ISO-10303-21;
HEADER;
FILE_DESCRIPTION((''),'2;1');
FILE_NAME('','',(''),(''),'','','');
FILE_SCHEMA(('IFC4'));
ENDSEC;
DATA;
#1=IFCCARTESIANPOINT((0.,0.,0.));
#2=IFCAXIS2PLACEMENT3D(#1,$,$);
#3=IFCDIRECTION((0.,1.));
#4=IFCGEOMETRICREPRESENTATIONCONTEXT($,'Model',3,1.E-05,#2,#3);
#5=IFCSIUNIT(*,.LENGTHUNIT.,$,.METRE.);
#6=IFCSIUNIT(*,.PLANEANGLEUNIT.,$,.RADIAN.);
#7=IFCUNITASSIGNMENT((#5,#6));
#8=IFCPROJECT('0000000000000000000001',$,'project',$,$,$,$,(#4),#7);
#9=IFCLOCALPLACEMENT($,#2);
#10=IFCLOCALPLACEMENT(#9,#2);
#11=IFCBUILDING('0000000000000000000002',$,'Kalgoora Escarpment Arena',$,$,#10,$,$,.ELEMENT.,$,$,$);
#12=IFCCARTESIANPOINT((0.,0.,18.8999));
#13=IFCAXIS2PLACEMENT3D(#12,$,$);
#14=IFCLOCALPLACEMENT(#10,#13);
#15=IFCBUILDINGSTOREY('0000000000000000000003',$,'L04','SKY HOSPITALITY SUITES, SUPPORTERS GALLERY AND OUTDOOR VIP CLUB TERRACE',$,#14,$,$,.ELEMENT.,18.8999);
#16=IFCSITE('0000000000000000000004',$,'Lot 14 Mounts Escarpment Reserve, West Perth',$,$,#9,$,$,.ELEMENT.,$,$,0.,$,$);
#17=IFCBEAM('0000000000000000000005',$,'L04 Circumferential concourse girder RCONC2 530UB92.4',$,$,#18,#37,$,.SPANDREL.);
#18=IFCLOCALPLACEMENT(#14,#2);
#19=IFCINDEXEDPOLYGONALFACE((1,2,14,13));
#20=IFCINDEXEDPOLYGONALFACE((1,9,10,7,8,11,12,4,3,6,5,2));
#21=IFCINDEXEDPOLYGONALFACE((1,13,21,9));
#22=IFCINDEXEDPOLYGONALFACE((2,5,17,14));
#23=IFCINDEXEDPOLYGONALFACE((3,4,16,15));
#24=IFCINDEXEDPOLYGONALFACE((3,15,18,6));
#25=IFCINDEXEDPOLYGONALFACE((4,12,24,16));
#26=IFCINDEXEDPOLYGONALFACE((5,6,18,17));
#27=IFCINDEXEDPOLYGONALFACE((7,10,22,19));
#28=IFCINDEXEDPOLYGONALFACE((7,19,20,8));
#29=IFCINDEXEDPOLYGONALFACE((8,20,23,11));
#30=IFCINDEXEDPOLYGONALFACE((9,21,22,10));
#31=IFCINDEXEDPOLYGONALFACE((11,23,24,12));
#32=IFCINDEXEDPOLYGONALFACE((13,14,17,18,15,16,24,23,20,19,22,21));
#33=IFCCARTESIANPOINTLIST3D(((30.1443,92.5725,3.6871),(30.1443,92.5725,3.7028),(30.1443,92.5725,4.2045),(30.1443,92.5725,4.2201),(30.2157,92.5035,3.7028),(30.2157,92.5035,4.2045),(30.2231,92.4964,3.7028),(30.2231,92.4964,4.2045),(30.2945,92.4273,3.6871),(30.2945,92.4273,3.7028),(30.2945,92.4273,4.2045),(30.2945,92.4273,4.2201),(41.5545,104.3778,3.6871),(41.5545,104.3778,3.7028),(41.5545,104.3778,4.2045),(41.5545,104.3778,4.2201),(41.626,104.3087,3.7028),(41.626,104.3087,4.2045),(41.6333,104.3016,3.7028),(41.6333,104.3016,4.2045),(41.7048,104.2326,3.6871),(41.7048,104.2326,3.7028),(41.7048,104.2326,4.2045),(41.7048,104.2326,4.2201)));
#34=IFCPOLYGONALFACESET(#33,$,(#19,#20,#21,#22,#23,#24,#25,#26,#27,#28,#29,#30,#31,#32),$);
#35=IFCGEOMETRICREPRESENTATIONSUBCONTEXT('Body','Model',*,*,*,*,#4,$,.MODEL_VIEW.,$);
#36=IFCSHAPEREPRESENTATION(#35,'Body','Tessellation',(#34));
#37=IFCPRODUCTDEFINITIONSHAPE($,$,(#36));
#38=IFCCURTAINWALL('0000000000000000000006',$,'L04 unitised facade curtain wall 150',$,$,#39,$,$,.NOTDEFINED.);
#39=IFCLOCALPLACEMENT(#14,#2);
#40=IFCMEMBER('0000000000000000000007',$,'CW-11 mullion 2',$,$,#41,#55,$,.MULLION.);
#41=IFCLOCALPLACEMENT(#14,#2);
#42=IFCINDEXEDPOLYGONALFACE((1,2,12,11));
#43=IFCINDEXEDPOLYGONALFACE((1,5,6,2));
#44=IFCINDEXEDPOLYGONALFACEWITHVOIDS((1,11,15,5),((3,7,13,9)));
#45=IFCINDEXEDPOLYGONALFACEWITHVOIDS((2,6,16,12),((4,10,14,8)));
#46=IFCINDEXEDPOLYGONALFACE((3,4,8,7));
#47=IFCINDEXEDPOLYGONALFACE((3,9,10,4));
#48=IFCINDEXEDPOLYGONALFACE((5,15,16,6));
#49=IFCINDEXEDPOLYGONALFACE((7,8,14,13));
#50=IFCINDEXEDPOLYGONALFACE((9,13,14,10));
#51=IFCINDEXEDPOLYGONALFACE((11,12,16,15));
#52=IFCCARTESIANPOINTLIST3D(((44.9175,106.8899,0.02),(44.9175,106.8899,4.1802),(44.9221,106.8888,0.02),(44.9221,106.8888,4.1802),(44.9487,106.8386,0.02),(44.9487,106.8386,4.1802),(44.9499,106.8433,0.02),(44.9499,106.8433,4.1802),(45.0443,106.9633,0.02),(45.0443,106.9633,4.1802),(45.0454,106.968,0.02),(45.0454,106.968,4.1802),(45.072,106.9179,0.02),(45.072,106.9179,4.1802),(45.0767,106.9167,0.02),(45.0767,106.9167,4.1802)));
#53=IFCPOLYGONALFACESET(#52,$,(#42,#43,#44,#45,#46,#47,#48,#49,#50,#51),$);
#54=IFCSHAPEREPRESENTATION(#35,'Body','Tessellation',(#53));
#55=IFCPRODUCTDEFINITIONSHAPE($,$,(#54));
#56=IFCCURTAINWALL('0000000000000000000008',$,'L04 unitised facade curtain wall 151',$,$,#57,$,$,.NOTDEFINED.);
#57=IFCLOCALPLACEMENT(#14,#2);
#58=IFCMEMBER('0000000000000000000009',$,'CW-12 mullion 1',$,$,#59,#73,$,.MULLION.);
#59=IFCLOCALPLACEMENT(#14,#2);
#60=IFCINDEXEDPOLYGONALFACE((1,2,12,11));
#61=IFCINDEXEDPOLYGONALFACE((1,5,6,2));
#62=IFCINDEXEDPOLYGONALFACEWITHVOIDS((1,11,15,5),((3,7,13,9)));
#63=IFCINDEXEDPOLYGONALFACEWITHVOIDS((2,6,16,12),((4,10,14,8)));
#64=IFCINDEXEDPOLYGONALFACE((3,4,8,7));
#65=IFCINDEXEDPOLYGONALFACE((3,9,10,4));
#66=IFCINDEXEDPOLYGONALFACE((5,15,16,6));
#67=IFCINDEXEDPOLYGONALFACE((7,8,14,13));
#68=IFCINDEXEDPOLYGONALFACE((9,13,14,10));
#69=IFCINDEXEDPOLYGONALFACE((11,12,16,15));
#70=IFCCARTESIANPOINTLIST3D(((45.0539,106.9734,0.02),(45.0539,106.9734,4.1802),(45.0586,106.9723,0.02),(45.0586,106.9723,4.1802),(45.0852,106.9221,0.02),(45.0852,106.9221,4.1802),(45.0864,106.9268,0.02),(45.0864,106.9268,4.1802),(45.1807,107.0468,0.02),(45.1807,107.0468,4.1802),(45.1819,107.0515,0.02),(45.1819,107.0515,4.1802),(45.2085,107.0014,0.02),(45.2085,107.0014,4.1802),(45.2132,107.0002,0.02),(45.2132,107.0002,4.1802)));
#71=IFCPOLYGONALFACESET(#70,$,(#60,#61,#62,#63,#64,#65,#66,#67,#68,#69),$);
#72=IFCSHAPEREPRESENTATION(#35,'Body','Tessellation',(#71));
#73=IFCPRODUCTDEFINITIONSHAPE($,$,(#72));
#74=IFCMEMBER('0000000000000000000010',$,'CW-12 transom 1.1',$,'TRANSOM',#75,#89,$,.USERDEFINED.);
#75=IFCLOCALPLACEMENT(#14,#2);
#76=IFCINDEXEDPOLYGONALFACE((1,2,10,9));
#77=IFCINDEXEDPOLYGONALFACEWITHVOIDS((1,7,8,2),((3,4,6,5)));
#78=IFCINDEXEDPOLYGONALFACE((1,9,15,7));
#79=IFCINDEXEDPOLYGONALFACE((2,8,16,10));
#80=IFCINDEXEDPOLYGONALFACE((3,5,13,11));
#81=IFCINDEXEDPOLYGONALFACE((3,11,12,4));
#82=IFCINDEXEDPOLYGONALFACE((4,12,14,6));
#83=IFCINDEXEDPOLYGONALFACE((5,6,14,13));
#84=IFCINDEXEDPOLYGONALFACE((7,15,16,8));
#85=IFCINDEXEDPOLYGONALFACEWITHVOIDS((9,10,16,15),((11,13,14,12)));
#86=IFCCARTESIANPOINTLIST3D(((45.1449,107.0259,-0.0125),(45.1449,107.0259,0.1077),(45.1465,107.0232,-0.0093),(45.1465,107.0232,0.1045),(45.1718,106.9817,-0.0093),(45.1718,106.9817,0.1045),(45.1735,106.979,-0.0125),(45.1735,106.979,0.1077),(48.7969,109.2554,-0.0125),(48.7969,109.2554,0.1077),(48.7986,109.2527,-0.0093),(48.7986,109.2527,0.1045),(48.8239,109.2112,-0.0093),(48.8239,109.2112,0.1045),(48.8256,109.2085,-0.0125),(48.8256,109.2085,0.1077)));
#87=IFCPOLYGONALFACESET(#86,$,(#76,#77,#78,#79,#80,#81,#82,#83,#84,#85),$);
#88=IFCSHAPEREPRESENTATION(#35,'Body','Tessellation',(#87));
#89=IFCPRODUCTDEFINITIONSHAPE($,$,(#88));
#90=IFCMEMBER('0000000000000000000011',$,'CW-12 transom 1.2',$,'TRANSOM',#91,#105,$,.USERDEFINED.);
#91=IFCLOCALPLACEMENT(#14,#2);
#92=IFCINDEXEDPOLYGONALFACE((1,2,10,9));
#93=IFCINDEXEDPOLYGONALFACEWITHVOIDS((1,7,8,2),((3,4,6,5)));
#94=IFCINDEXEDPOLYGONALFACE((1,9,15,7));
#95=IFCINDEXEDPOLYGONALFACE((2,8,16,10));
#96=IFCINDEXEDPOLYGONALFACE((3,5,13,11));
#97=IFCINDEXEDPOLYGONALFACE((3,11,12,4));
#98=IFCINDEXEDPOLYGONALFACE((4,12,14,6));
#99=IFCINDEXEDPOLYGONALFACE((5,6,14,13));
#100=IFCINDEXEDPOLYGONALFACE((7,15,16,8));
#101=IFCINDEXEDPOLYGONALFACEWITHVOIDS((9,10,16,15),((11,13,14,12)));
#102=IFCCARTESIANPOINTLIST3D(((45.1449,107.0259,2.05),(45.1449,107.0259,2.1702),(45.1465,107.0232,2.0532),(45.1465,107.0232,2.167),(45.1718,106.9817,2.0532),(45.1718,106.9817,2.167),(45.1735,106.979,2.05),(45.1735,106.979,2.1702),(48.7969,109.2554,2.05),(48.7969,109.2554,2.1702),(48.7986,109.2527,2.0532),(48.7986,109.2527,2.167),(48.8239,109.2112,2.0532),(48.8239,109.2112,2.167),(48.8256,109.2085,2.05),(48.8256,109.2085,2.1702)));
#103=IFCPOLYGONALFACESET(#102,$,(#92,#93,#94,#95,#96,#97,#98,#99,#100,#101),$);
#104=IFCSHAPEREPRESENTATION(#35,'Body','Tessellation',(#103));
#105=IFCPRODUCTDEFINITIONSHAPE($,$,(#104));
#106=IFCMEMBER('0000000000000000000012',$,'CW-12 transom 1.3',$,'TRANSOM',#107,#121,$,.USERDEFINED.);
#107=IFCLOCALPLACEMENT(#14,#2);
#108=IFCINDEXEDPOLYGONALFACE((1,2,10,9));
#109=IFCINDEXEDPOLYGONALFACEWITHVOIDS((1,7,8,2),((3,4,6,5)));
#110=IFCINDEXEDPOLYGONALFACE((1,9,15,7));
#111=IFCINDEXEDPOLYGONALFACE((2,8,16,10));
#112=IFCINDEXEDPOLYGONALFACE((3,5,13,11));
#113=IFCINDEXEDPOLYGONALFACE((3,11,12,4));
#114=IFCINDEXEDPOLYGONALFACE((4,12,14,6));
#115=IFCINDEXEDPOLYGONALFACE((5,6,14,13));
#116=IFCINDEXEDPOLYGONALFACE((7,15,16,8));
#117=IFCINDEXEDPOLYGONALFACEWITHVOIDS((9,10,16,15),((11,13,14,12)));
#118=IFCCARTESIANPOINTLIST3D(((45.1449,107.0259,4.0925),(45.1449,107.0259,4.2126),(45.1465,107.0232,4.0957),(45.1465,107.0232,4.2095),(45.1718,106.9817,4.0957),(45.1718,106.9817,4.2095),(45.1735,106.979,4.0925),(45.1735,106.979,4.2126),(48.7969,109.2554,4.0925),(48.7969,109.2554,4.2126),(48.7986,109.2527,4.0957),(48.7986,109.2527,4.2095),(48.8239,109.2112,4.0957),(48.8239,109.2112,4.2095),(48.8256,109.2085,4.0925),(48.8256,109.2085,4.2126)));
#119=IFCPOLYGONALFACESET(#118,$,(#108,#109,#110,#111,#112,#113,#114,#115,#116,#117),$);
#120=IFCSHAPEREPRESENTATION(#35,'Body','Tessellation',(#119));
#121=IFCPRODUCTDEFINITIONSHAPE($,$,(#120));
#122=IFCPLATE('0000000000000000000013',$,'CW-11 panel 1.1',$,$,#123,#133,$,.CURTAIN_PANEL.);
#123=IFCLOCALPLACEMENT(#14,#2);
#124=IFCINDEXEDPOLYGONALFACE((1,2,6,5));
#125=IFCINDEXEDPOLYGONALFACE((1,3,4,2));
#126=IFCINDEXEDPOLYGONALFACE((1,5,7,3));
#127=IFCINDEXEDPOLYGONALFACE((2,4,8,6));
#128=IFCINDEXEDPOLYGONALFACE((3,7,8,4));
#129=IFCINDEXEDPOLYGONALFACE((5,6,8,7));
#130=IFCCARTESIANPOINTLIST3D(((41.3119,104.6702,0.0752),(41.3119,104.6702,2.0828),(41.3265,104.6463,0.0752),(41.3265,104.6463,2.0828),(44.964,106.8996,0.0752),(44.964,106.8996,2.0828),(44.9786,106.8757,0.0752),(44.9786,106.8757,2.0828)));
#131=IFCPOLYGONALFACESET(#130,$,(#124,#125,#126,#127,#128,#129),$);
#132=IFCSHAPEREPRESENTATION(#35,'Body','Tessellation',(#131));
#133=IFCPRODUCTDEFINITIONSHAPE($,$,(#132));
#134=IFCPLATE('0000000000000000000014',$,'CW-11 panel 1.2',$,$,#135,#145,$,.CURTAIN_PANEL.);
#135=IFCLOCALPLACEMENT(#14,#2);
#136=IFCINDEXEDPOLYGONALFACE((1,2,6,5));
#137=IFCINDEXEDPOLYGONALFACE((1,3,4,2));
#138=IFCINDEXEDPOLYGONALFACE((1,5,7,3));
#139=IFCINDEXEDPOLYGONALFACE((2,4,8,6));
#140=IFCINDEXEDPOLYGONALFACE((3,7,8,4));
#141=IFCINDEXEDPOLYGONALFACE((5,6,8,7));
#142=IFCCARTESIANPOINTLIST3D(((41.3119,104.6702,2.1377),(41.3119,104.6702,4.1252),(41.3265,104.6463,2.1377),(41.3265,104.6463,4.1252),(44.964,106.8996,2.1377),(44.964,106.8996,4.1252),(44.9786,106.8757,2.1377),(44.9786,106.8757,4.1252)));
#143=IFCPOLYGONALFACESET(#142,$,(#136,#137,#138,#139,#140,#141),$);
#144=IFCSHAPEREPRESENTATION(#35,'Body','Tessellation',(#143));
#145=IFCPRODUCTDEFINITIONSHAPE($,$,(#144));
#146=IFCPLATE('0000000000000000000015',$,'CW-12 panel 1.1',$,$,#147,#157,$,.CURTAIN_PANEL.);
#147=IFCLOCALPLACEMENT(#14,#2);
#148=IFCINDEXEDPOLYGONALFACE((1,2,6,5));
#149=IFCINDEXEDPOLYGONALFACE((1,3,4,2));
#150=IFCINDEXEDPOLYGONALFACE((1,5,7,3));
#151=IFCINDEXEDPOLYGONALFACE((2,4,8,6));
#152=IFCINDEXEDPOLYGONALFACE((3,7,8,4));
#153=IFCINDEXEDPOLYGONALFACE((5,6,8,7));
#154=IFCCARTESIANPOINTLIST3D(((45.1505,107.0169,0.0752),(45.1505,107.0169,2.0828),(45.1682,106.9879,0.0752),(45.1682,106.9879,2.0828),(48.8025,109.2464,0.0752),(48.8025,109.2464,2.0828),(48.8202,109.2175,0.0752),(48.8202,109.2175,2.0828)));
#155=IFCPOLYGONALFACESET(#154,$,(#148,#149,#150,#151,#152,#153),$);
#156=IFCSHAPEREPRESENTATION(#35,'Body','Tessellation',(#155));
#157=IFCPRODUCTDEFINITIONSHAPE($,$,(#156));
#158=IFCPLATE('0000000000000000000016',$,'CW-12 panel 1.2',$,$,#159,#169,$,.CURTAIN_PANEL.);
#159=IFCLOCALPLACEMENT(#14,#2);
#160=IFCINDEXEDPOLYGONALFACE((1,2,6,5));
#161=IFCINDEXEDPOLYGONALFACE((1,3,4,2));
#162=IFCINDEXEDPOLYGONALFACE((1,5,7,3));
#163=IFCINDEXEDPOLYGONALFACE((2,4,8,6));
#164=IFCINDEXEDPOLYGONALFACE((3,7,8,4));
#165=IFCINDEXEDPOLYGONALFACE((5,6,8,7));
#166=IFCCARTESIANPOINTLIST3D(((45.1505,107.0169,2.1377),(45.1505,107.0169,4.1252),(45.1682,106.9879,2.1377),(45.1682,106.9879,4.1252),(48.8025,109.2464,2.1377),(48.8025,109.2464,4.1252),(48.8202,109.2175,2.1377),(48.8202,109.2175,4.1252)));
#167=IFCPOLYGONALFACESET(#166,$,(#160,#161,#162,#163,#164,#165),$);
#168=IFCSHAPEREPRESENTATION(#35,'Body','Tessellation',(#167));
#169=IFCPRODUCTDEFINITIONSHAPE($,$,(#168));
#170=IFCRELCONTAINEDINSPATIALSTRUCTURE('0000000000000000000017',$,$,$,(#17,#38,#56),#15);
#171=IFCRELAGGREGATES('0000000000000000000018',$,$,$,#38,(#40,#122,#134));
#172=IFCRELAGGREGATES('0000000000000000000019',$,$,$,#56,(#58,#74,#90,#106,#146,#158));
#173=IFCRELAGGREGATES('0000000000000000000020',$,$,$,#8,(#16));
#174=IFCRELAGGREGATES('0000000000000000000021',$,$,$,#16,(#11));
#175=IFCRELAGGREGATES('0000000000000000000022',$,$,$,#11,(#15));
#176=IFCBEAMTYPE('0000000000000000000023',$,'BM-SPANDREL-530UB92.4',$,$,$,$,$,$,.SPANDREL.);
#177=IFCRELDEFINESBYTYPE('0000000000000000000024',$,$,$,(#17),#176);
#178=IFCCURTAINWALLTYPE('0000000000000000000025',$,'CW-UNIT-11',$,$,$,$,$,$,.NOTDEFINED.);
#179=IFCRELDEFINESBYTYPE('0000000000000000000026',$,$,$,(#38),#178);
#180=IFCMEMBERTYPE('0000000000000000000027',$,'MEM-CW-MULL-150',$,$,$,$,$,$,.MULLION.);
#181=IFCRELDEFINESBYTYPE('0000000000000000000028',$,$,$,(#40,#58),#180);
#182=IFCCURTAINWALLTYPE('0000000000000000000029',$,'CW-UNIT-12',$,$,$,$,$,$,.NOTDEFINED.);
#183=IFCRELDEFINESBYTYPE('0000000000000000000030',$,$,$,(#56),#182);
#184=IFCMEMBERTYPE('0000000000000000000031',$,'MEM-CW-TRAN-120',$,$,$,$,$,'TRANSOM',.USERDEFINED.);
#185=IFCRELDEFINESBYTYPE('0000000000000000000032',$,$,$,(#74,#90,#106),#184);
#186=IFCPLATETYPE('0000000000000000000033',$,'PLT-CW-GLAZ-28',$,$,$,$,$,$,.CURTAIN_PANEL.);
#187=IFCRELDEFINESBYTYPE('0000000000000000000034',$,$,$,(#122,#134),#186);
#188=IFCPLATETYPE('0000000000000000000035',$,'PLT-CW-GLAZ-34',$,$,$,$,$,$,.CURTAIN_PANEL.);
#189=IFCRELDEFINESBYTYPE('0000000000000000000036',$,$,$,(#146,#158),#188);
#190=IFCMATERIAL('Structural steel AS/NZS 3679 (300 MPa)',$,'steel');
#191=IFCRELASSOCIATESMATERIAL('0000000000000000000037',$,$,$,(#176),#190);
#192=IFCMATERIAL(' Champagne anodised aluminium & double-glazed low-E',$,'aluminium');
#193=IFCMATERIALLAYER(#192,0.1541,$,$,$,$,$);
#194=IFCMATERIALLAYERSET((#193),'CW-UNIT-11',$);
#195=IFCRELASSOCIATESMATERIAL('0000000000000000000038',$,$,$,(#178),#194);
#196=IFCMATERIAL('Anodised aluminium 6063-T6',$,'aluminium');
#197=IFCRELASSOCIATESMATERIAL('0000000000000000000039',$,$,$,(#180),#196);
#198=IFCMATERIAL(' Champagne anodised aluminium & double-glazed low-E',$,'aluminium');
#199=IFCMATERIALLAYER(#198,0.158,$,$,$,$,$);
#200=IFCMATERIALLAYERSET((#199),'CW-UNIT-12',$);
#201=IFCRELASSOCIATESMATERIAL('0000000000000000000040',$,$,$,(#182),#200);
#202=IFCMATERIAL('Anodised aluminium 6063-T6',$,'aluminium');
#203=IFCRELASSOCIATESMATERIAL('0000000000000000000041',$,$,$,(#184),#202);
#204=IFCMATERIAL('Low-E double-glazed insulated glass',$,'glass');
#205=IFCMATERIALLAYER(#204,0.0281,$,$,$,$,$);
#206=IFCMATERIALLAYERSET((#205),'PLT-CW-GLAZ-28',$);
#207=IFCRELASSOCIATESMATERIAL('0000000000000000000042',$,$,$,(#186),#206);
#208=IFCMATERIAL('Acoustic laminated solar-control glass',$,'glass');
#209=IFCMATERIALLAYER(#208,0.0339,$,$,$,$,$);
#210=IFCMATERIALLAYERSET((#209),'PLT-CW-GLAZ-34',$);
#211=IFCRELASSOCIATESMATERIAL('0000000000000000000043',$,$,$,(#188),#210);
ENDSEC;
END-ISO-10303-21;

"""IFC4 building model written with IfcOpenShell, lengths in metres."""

from ifc_helpers import new_model, si_unit, direction, frame, origin, origin_2d, place, context, subcontext, project, spatial, rectangle, hollow_rectangle, i_section, extrude, material, layer, layer_set, material_profile, profile_set, type_object, element, aggregate, save


model = new_model("IFC4")

# Units and contexts
model_context = context("Model", 3, precision=1e-05, world=origin(), true_north=direction((0.0, 1.0)))
body_context = subcontext(model_context, "Body", "Model", "MODEL_VIEW")
ifc_project = project(units=[si_unit("LENGTHUNIT", "METRE"), si_unit("PLANEANGLEUNIT", "RADIAN")], contexts=[model_context])

# Site, building, storey
site_placement = place(None, origin())
site = spatial("IfcSite", under=ifc_project, at=site_placement, Name="Lot 14 Mounts Escarpment Reserve, West Perth", CompositionType="ELEMENT", RefElevation=0.0)
building_placement = place(site_placement, origin())
building = spatial("IfcBuilding", under=site, at=building_placement, Name="Kalgoora Escarpment Arena", CompositionType="ELEMENT")
storey_placement = place(building_placement, frame((0.0, 0.0, 18.8999)))
storey = spatial("IfcBuildingStorey", under=building, at=storey_placement, Name="L04", Description="SKY HOSPITALITY SUITES, SUPPORTERS GALLERY AND OUTDOOR VIP CLUB TERRACE", CompositionType="ELEMENT", Elevation=18.8999)

# Beam
ifc_material_1 = material(Name="Structural steel AS/NZS 3679 (300 MPa)", Category="steel")
ifc_material_profile_1 = material_profile(ifc_material_1, i_section(OverallWidth=0.209, OverallDepth=0.533, WebThickness=0.0103, FlangeThickness=0.0156, at=origin_2d()))
ifc_profile_set_1 = profile_set([ifc_material_profile_1], Name="Structural steel AS/NZS 3679 (300 MPa)")
beam_type = type_object("IfcBeamType", Name="BM-SPANDREL-530UB92.4", PredefinedType="SPANDREL", material=ifc_profile_set_1)
beam_placement = place(storey_placement, frame((41.6296, 104.3052, 3.9536), z_axis=(-0.694974, -0.719034, 0.0), x_axis=(0.719034, -0.694974, 0.0)))
element("IfcBeam", 1, at=beam_placement, inside=storey, type_object=beam_type, Name="L04 Circumferential concourse girder RCONC2 530UB92.4", PredefinedType="SPANDREL", context=body_context, shape_type="SweptSolid", body=[
    extrude(i_section(OverallWidth=0.209, OverallDepth=0.533, WebThickness=0.0103, FlangeThickness=0.0156, at=origin_2d()), origin(), (0.0, 0.0, 1.0), 16.4182),
])

# Curtain wall, member
ifc_material_2 = material(Name=" Champagne anodised aluminium & double-glazed low-E", Category="aluminium")
ifc_layer_1 = layer(ifc_material_2, 0.1541)
ifc_layer_set_1 = layer_set([ifc_layer_1], Name="CW-UNIT-11")
curtain_wall_type_1 = type_object("IfcCurtainWallType", Name="CW-UNIT-11", PredefinedType="NOTDEFINED", material=ifc_layer_set_1)
curtain_wall_1_placement = place(storey_placement, origin())
curtain_wall_1 = element("IfcCurtainWall", 2, at=curtain_wall_1_placement, inside=storey, type_object=curtain_wall_type_1, Name="L04 unitised facade curtain wall 150", PredefinedType="NOTDEFINED")
ifc_material_3 = material(Name="Anodised aluminium 6063-T6", Category="aluminium")
ifc_material_profile_2 = material_profile(ifc_material_3, hollow_rectangle(XDim=0.0601, YDim=0.1499, WallThickness=0.0034, at=origin_2d()))
ifc_profile_set_2 = profile_set([ifc_material_profile_2], Name="Anodised aluminium 6063-T6")
member_type_1 = type_object("IfcMemberType", Name="MEM-CW-MULL-150", PredefinedType="MULLION", material=ifc_profile_set_2)
member_1_placement = place(storey_placement, frame((44.9971, 106.9033, 0.02), z_axis=(0.0, 0.0, 1.0), x_axis=(-0.52104, 0.853532, 0.0)))
member_1 = element("IfcMember", 3, at=member_1_placement, type_object=member_type_1, Name="CW-11 mullion 2", PredefinedType="MULLION", context=body_context, shape_type="SweptSolid", body=[
    extrude(hollow_rectangle(XDim=0.0601, YDim=0.1499, WallThickness=0.0034, at=origin_2d()), origin(), (0.0, 0.0, 1.0), 4.1602),
])

# Curtain wall, members
ifc_material_4 = material(Name=" Champagne anodised aluminium & double-glazed low-E", Category="aluminium")
ifc_layer_2 = layer(ifc_material_4, 0.158)
ifc_layer_set_2 = layer_set([ifc_layer_2], Name="CW-UNIT-12")
curtain_wall_type_2 = type_object("IfcCurtainWallType", Name="CW-UNIT-12", PredefinedType="NOTDEFINED", material=ifc_layer_set_2)
curtain_wall_2_placement = place(storey_placement, origin())
curtain_wall_2 = element("IfcCurtainWall", 4, at=curtain_wall_2_placement, inside=storey, type_object=curtain_wall_type_2, Name="L04 unitised facade curtain wall 151", PredefinedType="NOTDEFINED")
member_2_placement = place(storey_placement, frame((45.1335, 106.9868, 0.02), z_axis=(0.0, 0.0, 1.0), x_axis=(-0.521067, 0.853516, 0.0)))
member_2 = element("IfcMember", 5, at=member_2_placement, type_object=member_type_1, Name="CW-12 mullion 1", PredefinedType="MULLION", context=body_context, shape_type="SweptSolid", body=[
    extrude(hollow_rectangle(XDim=0.0601, YDim=0.1499, WallThickness=0.0034, at=origin_2d()), origin(), (0.0, 0.0, 1.0), 4.1602),
])
ifc_material_5 = material(Name="Anodised aluminium 6063-T6", Category="aluminium")
ifc_material_profile_3 = material_profile(ifc_material_5, hollow_rectangle(XDim=0.0549, YDim=0.1201, WallThickness=0.0032, at=origin_2d()))
ifc_profile_set_3 = profile_set([ifc_material_profile_3], Name="Anodised aluminium 6063-T6")
member_type_2 = type_object("IfcMemberType", Name="MEM-CW-TRAN-120", ElementType="TRANSOM", PredefinedType="USERDEFINED", material=ifc_profile_set_3)
member_3_placement = place(storey_placement, frame((45.1592, 107.0024, 0.0476), z_axis=(0.853526, 0.521051, 0.0), x_axis=(-0.521051, 0.853526, 0.0)))
member_3 = element("IfcMember", 6, at=member_3_placement, type_object=member_type_2, Name="CW-12 transom 1.1", ObjectType="TRANSOM", PredefinedType="USERDEFINED", context=body_context, shape_type="SweptSolid", body=[
    extrude(hollow_rectangle(XDim=0.0549, YDim=0.1201, WallThickness=0.0032, at=origin_2d()), origin(), (0.0, 0.0, 1.0), 4.2788),
])
member_4_placement = place(storey_placement, frame((45.1592, 107.0024, 2.1101), z_axis=(0.853526, 0.521051, 0.0), x_axis=(-0.521051, 0.853526, 0.0)))
member_4 = element("IfcMember", 7, at=member_4_placement, type_object=member_type_2, Name="CW-12 transom 1.2", ObjectType="TRANSOM", PredefinedType="USERDEFINED", context=body_context, shape_type="SweptSolid", body=[
    extrude(hollow_rectangle(XDim=0.0549, YDim=0.1201, WallThickness=0.0032, at=origin_2d()), origin(), (0.0, 0.0, 1.0), 4.2788),
])
member_5_placement = place(storey_placement, frame((45.1592, 107.0024, 4.1526), z_axis=(0.853526, 0.521051, 0.0), x_axis=(-0.521051, 0.853526, 0.0)))
member_5 = element("IfcMember", 8, at=member_5_placement, type_object=member_type_2, Name="CW-12 transom 1.3", ObjectType="TRANSOM", PredefinedType="USERDEFINED", context=body_context, shape_type="SweptSolid", body=[
    extrude(hollow_rectangle(XDim=0.0549, YDim=0.1201, WallThickness=0.0032, at=origin_2d()), origin(), (0.0, 0.0, 1.0), 4.2788),
])

# Plates
ifc_material_6 = material(Name="Low-E double-glazed insulated glass", Category="glass")
ifc_layer_3 = layer(ifc_material_6, 0.0281)
ifc_layer_set_3 = layer_set([ifc_layer_3], Name="PLT-CW-GLAZ-28")
plate_type_1 = type_object("IfcPlateType", Name="PLT-CW-GLAZ-28", PredefinedType="CURTAIN_PANEL", material=ifc_layer_set_3)
plate_1_placement = place(storey_placement, frame((43.1453, 105.7729, 0.0752), z_axis=(0.0, 0.0, 1.0), x_axis=(0.853532, 0.52104, 0.0)))
plate_1 = element("IfcPlate", 9, at=plate_1_placement, type_object=plate_type_1, Name="CW-11 panel 1.1", PredefinedType="CURTAIN_PANEL", context=body_context, shape_type="SweptSolid", body=[
    extrude(rectangle(XDim=4.2788, YDim=0.0281, at=origin_2d()), origin(), (0.0, 0.0, 1.0), 2.0076),
])
plate_2_placement = place(storey_placement, frame((43.1453, 105.7729, 2.1377), z_axis=(0.0, 0.0, 1.0), x_axis=(0.853532, 0.52104, 0.0)))
plate_2 = element("IfcPlate", 10, at=plate_2_placement, type_object=plate_type_1, Name="CW-11 panel 1.2", PredefinedType="CURTAIN_PANEL", context=body_context, shape_type="SweptSolid", body=[
    extrude(rectangle(XDim=4.2788, YDim=0.0281, at=origin_2d()), origin(), (0.0, 0.0, 1.0), 1.9875),
])
aggregate(curtain_wall_1, [member_1, plate_1, plate_2])
ifc_material_7 = material(Name="Acoustic laminated solar-control glass", Category="glass")
ifc_layer_4 = layer(ifc_material_7, 0.0339)
ifc_layer_set_4 = layer_set([ifc_layer_4], Name="PLT-CW-GLAZ-34")
plate_type_2 = type_object("IfcPlateType", Name="PLT-CW-GLAZ-34", PredefinedType="CURTAIN_PANEL", material=ifc_layer_set_4)
plate_3_placement = place(storey_placement, frame((46.9854, 108.1172, 0.0752), z_axis=(0.0, 0.0, 1.0), x_axis=(0.853516, 0.521067, 0.0)))
plate_3 = element("IfcPlate", 11, at=plate_3_placement, type_object=plate_type_2, Name="CW-12 panel 1.1", PredefinedType="CURTAIN_PANEL", context=body_context, shape_type="SweptSolid", body=[
    extrude(rectangle(XDim=4.2788, YDim=0.0339, at=origin_2d()), origin(), (0.0, 0.0, 1.0), 2.0076),
])
plate_4_placement = place(storey_placement, frame((46.9854, 108.1172, 2.1377), z_axis=(0.0, 0.0, 1.0), x_axis=(0.853516, 0.521067, 0.0)))
plate_4 = element("IfcPlate", 12, at=plate_4_placement, type_object=plate_type_2, Name="CW-12 panel 1.2", PredefinedType="CURTAIN_PANEL", context=body_context, shape_type="SweptSolid", body=[
    extrude(rectangle(XDim=4.2788, YDim=0.0339, at=origin_2d()), origin(), (0.0, 0.0, 1.0), 1.9875),
])
aggregate(curtain_wall_2, [member_2, member_3, member_4, member_5, plate_3, plate_4])

save(model, "model.ifc")
